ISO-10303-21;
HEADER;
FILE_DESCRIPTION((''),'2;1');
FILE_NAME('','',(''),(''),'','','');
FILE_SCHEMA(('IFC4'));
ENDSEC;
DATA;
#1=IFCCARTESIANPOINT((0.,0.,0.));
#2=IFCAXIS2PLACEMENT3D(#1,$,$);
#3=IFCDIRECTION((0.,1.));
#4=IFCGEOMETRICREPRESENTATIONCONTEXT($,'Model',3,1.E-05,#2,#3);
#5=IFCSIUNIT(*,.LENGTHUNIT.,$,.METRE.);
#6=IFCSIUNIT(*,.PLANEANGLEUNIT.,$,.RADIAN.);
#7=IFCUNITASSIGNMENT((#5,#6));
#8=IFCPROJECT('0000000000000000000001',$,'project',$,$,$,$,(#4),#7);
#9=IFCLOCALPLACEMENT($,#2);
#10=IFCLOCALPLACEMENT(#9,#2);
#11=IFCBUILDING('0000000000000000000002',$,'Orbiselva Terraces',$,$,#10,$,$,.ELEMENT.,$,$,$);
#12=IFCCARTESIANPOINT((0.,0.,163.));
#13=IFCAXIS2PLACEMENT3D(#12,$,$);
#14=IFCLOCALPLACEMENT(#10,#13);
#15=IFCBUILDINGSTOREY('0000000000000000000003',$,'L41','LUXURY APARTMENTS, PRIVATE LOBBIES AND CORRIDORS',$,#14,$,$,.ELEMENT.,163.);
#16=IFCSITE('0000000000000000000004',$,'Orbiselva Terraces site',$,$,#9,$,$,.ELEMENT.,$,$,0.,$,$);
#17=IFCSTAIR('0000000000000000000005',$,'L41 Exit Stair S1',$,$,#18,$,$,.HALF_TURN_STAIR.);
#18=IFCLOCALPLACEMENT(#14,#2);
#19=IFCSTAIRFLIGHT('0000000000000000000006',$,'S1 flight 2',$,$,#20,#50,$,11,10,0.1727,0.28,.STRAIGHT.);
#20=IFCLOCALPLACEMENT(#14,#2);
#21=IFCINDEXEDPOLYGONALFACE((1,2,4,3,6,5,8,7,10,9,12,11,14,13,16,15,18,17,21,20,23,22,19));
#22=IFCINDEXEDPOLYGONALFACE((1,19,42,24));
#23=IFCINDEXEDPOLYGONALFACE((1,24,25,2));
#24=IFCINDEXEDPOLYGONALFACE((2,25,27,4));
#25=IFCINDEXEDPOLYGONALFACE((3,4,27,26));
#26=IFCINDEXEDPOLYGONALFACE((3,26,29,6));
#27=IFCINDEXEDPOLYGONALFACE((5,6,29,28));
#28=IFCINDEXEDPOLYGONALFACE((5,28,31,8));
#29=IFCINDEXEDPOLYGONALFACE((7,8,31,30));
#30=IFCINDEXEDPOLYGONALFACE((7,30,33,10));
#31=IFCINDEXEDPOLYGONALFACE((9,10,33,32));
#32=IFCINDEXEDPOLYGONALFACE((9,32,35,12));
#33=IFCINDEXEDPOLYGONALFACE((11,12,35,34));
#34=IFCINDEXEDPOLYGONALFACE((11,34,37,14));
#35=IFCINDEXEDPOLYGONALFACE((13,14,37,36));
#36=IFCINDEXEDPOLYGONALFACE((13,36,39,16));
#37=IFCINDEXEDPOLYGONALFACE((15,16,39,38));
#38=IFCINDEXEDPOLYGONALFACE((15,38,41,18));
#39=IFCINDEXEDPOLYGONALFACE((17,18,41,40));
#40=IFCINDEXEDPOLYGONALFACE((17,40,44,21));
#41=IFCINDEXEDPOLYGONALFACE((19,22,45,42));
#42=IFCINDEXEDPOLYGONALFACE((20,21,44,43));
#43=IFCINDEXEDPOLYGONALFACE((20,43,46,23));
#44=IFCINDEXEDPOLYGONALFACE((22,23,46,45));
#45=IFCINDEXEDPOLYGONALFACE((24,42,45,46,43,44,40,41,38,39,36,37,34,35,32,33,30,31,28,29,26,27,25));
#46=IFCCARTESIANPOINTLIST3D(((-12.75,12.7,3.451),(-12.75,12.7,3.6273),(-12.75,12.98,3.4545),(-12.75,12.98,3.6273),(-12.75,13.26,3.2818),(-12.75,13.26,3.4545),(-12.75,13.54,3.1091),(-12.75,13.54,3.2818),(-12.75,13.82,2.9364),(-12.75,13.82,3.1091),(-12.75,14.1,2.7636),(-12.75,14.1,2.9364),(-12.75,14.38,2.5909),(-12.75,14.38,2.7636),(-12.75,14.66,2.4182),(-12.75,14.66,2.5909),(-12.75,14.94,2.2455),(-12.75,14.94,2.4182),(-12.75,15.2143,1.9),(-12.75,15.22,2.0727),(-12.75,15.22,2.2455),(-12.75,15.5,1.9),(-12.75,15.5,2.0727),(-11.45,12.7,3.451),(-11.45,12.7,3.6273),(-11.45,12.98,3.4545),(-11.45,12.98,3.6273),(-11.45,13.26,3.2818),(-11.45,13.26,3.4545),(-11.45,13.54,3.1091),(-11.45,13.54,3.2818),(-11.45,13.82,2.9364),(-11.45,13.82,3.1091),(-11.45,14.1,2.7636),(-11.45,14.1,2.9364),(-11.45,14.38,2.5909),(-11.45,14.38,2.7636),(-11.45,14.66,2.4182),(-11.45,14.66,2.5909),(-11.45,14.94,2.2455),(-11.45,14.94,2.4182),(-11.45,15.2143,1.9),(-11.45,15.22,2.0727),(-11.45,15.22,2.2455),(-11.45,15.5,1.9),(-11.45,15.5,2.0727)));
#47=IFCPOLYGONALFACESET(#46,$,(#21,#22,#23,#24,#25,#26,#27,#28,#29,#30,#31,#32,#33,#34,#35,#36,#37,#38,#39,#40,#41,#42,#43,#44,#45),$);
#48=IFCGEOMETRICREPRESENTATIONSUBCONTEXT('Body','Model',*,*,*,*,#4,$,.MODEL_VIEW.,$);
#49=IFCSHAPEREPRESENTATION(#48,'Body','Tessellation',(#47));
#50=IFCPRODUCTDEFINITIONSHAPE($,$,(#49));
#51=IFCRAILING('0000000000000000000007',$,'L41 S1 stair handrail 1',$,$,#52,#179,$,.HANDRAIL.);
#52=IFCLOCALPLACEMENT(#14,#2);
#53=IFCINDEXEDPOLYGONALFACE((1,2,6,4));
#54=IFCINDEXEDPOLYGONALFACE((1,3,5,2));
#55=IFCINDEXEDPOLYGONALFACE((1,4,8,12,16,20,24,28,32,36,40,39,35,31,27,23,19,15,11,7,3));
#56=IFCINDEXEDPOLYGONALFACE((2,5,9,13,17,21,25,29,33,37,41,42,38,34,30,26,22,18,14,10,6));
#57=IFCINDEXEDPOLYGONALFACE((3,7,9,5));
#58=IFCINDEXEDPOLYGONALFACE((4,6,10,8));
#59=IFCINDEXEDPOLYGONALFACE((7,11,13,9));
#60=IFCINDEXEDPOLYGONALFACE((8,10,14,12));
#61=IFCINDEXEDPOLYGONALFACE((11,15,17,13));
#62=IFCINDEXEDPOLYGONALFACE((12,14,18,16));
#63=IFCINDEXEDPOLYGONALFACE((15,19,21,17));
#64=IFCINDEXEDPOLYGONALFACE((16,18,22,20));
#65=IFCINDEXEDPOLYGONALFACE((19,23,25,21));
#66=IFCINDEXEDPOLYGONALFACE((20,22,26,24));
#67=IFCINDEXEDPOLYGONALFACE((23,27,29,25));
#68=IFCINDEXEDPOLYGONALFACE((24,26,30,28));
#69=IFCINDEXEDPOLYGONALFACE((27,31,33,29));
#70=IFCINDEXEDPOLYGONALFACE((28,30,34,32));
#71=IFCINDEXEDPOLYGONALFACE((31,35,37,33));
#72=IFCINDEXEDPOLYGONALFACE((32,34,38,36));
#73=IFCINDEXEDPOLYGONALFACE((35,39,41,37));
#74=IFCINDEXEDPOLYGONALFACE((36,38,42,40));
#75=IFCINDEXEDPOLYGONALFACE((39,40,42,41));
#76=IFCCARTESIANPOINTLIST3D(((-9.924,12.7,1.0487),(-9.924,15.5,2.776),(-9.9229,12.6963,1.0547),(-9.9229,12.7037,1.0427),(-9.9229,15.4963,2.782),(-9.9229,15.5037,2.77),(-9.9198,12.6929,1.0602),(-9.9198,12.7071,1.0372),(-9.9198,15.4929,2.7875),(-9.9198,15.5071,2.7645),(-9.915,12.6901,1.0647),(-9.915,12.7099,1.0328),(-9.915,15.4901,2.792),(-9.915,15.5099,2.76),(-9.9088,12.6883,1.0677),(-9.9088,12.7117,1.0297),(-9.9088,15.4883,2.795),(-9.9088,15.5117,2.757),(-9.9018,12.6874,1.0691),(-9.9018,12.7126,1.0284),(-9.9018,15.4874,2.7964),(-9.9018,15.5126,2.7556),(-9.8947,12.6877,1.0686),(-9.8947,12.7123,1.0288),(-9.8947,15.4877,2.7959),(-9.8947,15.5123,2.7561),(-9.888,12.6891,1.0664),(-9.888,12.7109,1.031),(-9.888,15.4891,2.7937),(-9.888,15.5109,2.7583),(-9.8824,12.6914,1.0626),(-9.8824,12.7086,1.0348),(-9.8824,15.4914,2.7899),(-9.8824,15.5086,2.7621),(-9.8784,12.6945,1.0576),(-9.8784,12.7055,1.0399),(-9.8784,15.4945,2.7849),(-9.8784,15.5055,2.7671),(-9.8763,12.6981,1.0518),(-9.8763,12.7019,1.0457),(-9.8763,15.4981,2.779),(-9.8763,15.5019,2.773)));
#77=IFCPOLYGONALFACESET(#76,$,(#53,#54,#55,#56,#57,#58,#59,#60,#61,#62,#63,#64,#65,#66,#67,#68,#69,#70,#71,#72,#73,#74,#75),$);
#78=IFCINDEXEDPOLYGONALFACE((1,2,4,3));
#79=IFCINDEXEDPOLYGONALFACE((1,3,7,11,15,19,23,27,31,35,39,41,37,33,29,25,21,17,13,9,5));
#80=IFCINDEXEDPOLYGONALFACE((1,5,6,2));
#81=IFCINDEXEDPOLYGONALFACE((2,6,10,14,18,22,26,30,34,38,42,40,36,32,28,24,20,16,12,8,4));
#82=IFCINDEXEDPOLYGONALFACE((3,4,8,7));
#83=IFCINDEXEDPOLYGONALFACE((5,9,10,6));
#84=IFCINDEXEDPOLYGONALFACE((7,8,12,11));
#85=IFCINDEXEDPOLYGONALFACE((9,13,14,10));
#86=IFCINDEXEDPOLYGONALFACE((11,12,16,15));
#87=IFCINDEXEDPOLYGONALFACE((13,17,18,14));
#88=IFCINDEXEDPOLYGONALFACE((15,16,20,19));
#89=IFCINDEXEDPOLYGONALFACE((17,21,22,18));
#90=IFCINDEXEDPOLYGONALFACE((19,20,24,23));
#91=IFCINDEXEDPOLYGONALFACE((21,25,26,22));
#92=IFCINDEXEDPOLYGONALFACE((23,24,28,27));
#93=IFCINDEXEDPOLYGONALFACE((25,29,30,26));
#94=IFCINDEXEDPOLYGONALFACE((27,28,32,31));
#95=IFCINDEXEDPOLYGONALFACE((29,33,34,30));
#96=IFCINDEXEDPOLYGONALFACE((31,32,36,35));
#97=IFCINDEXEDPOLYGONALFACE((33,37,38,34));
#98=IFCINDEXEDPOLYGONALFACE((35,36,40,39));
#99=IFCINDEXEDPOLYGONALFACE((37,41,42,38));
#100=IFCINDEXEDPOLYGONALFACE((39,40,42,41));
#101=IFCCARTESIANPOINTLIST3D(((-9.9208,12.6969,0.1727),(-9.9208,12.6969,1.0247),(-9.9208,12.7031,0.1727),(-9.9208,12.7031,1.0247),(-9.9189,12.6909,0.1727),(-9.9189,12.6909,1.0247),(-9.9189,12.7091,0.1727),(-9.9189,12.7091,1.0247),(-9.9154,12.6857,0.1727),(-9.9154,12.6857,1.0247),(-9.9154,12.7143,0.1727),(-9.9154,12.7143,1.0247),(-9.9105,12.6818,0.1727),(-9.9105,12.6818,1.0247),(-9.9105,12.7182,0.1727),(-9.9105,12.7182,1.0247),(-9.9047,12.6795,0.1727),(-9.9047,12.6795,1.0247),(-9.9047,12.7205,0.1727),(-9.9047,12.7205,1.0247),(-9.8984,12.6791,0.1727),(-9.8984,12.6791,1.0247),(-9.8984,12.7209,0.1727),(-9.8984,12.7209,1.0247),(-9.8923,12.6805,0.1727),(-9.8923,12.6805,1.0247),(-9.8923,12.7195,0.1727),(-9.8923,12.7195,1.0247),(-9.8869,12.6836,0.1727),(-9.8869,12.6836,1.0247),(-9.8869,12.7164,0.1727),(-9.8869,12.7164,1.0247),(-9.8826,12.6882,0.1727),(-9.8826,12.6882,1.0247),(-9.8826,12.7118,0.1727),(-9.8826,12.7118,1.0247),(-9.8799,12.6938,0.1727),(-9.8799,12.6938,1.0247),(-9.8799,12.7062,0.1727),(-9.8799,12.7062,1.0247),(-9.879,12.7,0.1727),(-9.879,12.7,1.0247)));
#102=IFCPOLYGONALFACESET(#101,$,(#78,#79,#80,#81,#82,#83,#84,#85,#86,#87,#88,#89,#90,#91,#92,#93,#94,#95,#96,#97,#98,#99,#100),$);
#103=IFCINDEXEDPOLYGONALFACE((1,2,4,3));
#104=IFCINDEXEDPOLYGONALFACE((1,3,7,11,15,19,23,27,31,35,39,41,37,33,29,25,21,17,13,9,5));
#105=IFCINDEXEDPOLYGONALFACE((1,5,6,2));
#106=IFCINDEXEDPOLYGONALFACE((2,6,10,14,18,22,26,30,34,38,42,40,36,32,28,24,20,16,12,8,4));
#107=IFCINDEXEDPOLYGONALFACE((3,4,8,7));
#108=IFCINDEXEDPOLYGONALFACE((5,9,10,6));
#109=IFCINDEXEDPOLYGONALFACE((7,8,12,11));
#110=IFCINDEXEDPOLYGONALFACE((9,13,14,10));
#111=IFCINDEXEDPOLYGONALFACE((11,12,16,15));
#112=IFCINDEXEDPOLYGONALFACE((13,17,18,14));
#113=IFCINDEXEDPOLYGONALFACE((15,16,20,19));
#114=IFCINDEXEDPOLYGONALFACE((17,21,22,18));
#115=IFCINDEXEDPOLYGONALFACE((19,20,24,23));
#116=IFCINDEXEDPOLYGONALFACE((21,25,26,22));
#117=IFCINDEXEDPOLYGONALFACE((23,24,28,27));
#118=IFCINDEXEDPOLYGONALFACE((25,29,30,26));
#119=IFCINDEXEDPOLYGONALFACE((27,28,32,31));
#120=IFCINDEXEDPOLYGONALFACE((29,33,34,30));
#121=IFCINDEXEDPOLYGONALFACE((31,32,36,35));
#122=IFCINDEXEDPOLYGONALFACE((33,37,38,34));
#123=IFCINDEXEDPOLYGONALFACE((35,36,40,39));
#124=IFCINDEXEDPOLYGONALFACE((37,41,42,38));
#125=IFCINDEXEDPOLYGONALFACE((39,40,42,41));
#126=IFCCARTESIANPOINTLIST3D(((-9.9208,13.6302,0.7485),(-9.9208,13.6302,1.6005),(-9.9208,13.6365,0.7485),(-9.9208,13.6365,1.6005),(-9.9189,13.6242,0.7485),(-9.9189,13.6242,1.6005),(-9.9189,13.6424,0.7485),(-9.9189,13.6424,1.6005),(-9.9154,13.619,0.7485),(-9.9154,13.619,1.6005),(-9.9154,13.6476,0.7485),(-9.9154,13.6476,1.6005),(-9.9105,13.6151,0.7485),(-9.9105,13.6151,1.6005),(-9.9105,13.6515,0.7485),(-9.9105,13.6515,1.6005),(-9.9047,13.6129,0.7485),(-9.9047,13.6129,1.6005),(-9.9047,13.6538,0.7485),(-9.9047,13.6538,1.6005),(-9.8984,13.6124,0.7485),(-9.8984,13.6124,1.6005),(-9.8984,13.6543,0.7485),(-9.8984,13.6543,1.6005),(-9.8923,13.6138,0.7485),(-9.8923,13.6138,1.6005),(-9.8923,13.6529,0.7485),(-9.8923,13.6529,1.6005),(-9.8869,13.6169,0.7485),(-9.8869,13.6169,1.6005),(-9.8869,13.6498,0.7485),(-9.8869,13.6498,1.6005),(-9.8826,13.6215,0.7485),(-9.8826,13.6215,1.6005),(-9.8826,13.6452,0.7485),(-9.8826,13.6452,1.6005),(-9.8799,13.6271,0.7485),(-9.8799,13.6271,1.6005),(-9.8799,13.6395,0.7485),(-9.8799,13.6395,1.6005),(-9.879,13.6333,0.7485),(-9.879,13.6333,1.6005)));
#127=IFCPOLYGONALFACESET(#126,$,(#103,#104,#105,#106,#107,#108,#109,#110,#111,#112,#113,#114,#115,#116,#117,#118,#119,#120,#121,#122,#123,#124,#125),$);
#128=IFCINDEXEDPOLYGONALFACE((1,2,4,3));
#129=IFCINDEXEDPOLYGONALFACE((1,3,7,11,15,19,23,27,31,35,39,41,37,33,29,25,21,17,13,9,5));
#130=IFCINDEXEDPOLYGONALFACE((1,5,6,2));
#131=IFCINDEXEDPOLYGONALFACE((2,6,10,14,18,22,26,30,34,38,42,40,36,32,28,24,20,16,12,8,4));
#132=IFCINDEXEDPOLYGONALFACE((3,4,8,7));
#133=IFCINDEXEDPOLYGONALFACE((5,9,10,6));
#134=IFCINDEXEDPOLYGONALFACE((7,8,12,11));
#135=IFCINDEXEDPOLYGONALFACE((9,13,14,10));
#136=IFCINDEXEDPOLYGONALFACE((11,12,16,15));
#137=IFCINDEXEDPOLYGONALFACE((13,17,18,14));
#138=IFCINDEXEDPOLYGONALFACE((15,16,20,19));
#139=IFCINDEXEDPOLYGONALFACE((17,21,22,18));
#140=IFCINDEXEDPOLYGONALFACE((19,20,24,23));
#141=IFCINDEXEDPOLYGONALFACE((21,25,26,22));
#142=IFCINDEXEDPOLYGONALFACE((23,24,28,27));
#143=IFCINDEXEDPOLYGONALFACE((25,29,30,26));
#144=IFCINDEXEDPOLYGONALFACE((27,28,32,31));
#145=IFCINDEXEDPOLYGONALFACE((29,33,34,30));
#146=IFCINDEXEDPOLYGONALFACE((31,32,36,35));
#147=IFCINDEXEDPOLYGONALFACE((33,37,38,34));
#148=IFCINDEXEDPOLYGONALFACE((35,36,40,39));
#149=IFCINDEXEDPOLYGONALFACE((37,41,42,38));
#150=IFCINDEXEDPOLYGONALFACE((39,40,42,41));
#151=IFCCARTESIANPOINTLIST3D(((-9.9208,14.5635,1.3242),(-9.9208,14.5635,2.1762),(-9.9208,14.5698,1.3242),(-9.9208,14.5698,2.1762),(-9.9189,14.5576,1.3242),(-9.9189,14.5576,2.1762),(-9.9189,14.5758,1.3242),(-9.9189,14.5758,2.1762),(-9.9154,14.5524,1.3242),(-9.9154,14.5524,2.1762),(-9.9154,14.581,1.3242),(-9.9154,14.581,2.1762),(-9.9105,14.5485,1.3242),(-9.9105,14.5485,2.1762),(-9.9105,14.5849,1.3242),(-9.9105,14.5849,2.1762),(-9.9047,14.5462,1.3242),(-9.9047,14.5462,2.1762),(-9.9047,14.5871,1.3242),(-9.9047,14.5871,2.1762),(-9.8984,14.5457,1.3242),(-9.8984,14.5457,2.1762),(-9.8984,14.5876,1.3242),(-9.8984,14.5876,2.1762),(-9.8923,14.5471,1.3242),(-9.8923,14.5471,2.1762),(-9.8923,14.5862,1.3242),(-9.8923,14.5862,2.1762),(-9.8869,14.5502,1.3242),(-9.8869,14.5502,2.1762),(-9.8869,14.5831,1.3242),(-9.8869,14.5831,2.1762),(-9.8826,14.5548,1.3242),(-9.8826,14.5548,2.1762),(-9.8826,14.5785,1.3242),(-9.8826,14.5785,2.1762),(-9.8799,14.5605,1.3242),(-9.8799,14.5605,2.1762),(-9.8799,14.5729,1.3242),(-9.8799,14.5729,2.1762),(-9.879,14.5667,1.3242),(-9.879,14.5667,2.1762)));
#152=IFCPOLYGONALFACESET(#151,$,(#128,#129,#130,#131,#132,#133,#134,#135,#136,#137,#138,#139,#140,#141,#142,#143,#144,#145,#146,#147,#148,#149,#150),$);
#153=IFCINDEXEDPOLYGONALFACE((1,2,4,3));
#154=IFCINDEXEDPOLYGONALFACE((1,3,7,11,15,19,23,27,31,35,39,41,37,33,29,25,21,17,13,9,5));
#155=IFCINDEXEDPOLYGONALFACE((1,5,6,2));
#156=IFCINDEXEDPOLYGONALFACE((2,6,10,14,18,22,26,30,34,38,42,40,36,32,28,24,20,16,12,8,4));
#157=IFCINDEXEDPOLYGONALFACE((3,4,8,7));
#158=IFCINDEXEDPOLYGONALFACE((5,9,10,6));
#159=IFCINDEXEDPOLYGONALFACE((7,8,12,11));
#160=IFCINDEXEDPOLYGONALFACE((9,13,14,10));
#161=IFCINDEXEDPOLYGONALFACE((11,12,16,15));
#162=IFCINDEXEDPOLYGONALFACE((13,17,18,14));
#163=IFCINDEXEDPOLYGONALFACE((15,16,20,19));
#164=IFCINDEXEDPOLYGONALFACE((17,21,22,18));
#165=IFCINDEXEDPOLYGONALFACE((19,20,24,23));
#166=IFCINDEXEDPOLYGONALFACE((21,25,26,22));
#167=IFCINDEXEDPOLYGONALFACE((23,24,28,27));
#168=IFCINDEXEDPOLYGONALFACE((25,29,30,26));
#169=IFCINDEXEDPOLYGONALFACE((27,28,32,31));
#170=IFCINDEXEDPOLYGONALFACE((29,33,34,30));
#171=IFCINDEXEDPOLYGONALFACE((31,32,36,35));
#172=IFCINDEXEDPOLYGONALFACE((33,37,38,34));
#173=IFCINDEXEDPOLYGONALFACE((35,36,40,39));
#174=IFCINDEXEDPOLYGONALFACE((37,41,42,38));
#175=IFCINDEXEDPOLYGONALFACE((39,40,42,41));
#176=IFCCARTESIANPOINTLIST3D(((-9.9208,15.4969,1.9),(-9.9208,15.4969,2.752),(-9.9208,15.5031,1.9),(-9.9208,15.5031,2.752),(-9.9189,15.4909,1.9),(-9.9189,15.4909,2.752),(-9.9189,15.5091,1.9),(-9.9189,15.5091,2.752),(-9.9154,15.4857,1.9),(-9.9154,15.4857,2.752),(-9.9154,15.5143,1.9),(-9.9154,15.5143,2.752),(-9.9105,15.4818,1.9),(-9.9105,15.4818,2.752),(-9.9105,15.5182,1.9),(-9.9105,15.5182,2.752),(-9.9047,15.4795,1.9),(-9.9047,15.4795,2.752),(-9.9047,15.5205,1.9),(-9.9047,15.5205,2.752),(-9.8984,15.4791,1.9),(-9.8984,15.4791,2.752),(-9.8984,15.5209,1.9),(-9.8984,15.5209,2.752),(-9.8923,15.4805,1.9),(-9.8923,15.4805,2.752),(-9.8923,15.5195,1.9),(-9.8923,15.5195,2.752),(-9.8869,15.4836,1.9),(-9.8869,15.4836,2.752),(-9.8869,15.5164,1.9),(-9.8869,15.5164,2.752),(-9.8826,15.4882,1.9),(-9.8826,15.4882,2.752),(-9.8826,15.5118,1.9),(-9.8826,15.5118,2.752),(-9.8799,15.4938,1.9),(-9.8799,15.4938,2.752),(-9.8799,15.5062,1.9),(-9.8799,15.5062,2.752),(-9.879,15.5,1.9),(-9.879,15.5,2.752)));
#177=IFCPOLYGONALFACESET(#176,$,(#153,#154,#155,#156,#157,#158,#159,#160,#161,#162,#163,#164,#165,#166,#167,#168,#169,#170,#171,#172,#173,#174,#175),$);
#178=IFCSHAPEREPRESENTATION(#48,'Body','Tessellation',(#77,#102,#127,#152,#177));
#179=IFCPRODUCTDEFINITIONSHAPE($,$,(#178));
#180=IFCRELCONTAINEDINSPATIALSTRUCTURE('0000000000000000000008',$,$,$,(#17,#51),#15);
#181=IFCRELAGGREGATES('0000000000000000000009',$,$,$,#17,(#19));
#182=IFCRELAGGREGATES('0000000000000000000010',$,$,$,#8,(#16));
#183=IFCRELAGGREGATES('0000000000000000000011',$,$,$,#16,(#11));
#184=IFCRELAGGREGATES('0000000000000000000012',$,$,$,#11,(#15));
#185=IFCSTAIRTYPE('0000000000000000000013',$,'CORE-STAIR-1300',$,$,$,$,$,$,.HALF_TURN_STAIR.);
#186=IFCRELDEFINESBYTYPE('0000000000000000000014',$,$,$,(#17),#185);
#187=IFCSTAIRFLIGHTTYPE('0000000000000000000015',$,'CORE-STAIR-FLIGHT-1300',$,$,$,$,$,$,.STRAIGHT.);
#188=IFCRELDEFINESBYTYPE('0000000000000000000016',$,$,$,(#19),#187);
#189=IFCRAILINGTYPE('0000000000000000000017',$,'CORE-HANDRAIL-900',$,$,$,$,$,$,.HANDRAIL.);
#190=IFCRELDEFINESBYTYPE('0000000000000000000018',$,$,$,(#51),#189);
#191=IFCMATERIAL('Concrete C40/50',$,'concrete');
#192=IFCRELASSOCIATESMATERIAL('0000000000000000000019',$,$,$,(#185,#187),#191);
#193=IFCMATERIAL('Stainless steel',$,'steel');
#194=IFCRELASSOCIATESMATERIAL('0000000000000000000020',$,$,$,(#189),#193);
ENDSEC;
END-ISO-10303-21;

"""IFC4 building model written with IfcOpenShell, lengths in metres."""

from ifc_helpers import new_model, si_unit, direction, frame, origin, origin_2d, place, context, subcontext, project, spatial, polyline, circle, outline, extrude, material, type_object, element, aggregate, save


model = new_model("IFC4")

# Units and contexts
model_context = context("Model", 3, precision=1e-05, world=origin(), true_north=direction((0.0, 1.0)))
body_context = subcontext(model_context, "Body", "Model", "MODEL_VIEW")
ifc_project = project(units=[si_unit("LENGTHUNIT", "METRE"), si_unit("PLANEANGLEUNIT", "RADIAN")], contexts=[model_context])

# Site, building, storey
site_placement = place(None, origin())
site = spatial("IfcSite", under=ifc_project, at=site_placement, Name="Orbiselva Terraces site", CompositionType="ELEMENT", RefElevation=0.0)
building_placement = place(site_placement, origin())
building = spatial("IfcBuilding", under=site, at=building_placement, Name="Orbiselva Terraces", CompositionType="ELEMENT")
storey_placement = place(building_placement, frame((0.0, 0.0, 163.0)))
storey = spatial("IfcBuildingStorey", under=building, at=storey_placement, Name="L41", Description="LUXURY APARTMENTS, PRIVATE LOBBIES AND CORRIDORS", CompositionType="ELEMENT", Elevation=163.0)

# Shared definitions
ifc_material_1 = material(Name="Concrete C40/50", Category="concrete")

# Stair, stair flight
stair_type = type_object("IfcStairType", Name="CORE-STAIR-1300", PredefinedType="HALF_TURN_STAIR", material=ifc_material_1)
stair_placement = place(storey_placement, origin())
stair = element("IfcStair", 1, at=stair_placement, inside=storey, type_object=stair_type, Name="L41 Exit Stair S1", PredefinedType="HALF_TURN_STAIR")
stair_flight_type = type_object("IfcStairFlightType", Name="CORE-STAIR-FLIGHT-1300", PredefinedType="STRAIGHT", material=ifc_material_1)
stair_flight_placement = place(storey_placement, frame((-12.1, 15.5, 1.9), z_axis=(0.0, 0.0, 1.0), x_axis=(0.0, -1.0, 0.0)))
stair_flight = element("IfcStairFlight", 2, at=stair_flight_placement, type_object=stair_flight_type, Name="S1 flight 2", NumberOfRisers=11, NumberOfTreads=10, PredefinedType="STRAIGHT", RiserHeight=0.1727, TreadLength=0.28, context=body_context, shape_type="SweptSolid", body=[
    extrude(outline(polyline([(0.0, 0.0), (0.0, 0.1727), (0.28, 0.1727), (0.28, 0.3455), (0.56, 0.3455), (0.56, 0.5182), (0.84, 0.5182), (0.84, 0.6909), (1.12, 0.6909), (1.12, 0.8636), (1.4, 0.8636), (1.4, 1.0364), (1.68, 1.0364), (1.68, 1.2091), (1.96, 1.2091), (1.96, 1.3818), (2.24, 1.3818), (2.24, 1.5545), (2.52, 1.5545), (2.52, 1.7273), (2.8, 1.7273), (2.8, 1.9), (2.8, 1.551), (0.2857, 0.0), (0.0, 0.0)])), frame((0.0, 0.65, 0.0), z_axis=(0.0, -1.0, 0.0), x_axis=(1.0, 0.0, 0.0)), (0.0, 0.0, 1.0), 1.3),
])
aggregate(stair, [stair_flight])

# Railing
ifc_material_2 = material(Name="Stainless steel", Category="steel")
railing_type = type_object("IfcRailingType", Name="CORE-HANDRAIL-900", PredefinedType="HANDRAIL", material=ifc_material_2)
railing_1_placement = place(storey_placement, frame((-9.9, 12.7, 0.1727)))
element("IfcRailing", 3, at=railing_1_placement, inside=storey, type_object=railing_type, Name="L41 S1 stair handrail 1", PredefinedType="HANDRAIL", context=body_context, shape_type="SweptSolid", body=[
    extrude(circle(Radius=0.024, at=origin_2d()), frame((0.0, 0.0, 0.876), z_axis=(0.0, 0.851089, 0.525022), x_axis=(-1.0, 0.0, 0.0)), (0.0, 0.0, 1.0), 3.2899),
    extrude(circle(Radius=0.021, at=origin_2d()), origin(), (0.0, 0.0, 1.0), 0.852),
    extrude(circle(Radius=0.021, at=origin_2d()), frame((0.0, 0.9333, 0.5758)), (0.0, 0.0, 1.0), 0.852),
    extrude(circle(Radius=0.021, at=origin_2d()), frame((0.0, 1.8667, 1.1515)), (0.0, 0.0, 1.0), 0.852),
    extrude(circle(Radius=0.021, at=origin_2d()), frame((0.0, 2.8, 1.7273)), (0.0, 0.0, 1.0), 0.852),
])

save(model, "model.ifc")
